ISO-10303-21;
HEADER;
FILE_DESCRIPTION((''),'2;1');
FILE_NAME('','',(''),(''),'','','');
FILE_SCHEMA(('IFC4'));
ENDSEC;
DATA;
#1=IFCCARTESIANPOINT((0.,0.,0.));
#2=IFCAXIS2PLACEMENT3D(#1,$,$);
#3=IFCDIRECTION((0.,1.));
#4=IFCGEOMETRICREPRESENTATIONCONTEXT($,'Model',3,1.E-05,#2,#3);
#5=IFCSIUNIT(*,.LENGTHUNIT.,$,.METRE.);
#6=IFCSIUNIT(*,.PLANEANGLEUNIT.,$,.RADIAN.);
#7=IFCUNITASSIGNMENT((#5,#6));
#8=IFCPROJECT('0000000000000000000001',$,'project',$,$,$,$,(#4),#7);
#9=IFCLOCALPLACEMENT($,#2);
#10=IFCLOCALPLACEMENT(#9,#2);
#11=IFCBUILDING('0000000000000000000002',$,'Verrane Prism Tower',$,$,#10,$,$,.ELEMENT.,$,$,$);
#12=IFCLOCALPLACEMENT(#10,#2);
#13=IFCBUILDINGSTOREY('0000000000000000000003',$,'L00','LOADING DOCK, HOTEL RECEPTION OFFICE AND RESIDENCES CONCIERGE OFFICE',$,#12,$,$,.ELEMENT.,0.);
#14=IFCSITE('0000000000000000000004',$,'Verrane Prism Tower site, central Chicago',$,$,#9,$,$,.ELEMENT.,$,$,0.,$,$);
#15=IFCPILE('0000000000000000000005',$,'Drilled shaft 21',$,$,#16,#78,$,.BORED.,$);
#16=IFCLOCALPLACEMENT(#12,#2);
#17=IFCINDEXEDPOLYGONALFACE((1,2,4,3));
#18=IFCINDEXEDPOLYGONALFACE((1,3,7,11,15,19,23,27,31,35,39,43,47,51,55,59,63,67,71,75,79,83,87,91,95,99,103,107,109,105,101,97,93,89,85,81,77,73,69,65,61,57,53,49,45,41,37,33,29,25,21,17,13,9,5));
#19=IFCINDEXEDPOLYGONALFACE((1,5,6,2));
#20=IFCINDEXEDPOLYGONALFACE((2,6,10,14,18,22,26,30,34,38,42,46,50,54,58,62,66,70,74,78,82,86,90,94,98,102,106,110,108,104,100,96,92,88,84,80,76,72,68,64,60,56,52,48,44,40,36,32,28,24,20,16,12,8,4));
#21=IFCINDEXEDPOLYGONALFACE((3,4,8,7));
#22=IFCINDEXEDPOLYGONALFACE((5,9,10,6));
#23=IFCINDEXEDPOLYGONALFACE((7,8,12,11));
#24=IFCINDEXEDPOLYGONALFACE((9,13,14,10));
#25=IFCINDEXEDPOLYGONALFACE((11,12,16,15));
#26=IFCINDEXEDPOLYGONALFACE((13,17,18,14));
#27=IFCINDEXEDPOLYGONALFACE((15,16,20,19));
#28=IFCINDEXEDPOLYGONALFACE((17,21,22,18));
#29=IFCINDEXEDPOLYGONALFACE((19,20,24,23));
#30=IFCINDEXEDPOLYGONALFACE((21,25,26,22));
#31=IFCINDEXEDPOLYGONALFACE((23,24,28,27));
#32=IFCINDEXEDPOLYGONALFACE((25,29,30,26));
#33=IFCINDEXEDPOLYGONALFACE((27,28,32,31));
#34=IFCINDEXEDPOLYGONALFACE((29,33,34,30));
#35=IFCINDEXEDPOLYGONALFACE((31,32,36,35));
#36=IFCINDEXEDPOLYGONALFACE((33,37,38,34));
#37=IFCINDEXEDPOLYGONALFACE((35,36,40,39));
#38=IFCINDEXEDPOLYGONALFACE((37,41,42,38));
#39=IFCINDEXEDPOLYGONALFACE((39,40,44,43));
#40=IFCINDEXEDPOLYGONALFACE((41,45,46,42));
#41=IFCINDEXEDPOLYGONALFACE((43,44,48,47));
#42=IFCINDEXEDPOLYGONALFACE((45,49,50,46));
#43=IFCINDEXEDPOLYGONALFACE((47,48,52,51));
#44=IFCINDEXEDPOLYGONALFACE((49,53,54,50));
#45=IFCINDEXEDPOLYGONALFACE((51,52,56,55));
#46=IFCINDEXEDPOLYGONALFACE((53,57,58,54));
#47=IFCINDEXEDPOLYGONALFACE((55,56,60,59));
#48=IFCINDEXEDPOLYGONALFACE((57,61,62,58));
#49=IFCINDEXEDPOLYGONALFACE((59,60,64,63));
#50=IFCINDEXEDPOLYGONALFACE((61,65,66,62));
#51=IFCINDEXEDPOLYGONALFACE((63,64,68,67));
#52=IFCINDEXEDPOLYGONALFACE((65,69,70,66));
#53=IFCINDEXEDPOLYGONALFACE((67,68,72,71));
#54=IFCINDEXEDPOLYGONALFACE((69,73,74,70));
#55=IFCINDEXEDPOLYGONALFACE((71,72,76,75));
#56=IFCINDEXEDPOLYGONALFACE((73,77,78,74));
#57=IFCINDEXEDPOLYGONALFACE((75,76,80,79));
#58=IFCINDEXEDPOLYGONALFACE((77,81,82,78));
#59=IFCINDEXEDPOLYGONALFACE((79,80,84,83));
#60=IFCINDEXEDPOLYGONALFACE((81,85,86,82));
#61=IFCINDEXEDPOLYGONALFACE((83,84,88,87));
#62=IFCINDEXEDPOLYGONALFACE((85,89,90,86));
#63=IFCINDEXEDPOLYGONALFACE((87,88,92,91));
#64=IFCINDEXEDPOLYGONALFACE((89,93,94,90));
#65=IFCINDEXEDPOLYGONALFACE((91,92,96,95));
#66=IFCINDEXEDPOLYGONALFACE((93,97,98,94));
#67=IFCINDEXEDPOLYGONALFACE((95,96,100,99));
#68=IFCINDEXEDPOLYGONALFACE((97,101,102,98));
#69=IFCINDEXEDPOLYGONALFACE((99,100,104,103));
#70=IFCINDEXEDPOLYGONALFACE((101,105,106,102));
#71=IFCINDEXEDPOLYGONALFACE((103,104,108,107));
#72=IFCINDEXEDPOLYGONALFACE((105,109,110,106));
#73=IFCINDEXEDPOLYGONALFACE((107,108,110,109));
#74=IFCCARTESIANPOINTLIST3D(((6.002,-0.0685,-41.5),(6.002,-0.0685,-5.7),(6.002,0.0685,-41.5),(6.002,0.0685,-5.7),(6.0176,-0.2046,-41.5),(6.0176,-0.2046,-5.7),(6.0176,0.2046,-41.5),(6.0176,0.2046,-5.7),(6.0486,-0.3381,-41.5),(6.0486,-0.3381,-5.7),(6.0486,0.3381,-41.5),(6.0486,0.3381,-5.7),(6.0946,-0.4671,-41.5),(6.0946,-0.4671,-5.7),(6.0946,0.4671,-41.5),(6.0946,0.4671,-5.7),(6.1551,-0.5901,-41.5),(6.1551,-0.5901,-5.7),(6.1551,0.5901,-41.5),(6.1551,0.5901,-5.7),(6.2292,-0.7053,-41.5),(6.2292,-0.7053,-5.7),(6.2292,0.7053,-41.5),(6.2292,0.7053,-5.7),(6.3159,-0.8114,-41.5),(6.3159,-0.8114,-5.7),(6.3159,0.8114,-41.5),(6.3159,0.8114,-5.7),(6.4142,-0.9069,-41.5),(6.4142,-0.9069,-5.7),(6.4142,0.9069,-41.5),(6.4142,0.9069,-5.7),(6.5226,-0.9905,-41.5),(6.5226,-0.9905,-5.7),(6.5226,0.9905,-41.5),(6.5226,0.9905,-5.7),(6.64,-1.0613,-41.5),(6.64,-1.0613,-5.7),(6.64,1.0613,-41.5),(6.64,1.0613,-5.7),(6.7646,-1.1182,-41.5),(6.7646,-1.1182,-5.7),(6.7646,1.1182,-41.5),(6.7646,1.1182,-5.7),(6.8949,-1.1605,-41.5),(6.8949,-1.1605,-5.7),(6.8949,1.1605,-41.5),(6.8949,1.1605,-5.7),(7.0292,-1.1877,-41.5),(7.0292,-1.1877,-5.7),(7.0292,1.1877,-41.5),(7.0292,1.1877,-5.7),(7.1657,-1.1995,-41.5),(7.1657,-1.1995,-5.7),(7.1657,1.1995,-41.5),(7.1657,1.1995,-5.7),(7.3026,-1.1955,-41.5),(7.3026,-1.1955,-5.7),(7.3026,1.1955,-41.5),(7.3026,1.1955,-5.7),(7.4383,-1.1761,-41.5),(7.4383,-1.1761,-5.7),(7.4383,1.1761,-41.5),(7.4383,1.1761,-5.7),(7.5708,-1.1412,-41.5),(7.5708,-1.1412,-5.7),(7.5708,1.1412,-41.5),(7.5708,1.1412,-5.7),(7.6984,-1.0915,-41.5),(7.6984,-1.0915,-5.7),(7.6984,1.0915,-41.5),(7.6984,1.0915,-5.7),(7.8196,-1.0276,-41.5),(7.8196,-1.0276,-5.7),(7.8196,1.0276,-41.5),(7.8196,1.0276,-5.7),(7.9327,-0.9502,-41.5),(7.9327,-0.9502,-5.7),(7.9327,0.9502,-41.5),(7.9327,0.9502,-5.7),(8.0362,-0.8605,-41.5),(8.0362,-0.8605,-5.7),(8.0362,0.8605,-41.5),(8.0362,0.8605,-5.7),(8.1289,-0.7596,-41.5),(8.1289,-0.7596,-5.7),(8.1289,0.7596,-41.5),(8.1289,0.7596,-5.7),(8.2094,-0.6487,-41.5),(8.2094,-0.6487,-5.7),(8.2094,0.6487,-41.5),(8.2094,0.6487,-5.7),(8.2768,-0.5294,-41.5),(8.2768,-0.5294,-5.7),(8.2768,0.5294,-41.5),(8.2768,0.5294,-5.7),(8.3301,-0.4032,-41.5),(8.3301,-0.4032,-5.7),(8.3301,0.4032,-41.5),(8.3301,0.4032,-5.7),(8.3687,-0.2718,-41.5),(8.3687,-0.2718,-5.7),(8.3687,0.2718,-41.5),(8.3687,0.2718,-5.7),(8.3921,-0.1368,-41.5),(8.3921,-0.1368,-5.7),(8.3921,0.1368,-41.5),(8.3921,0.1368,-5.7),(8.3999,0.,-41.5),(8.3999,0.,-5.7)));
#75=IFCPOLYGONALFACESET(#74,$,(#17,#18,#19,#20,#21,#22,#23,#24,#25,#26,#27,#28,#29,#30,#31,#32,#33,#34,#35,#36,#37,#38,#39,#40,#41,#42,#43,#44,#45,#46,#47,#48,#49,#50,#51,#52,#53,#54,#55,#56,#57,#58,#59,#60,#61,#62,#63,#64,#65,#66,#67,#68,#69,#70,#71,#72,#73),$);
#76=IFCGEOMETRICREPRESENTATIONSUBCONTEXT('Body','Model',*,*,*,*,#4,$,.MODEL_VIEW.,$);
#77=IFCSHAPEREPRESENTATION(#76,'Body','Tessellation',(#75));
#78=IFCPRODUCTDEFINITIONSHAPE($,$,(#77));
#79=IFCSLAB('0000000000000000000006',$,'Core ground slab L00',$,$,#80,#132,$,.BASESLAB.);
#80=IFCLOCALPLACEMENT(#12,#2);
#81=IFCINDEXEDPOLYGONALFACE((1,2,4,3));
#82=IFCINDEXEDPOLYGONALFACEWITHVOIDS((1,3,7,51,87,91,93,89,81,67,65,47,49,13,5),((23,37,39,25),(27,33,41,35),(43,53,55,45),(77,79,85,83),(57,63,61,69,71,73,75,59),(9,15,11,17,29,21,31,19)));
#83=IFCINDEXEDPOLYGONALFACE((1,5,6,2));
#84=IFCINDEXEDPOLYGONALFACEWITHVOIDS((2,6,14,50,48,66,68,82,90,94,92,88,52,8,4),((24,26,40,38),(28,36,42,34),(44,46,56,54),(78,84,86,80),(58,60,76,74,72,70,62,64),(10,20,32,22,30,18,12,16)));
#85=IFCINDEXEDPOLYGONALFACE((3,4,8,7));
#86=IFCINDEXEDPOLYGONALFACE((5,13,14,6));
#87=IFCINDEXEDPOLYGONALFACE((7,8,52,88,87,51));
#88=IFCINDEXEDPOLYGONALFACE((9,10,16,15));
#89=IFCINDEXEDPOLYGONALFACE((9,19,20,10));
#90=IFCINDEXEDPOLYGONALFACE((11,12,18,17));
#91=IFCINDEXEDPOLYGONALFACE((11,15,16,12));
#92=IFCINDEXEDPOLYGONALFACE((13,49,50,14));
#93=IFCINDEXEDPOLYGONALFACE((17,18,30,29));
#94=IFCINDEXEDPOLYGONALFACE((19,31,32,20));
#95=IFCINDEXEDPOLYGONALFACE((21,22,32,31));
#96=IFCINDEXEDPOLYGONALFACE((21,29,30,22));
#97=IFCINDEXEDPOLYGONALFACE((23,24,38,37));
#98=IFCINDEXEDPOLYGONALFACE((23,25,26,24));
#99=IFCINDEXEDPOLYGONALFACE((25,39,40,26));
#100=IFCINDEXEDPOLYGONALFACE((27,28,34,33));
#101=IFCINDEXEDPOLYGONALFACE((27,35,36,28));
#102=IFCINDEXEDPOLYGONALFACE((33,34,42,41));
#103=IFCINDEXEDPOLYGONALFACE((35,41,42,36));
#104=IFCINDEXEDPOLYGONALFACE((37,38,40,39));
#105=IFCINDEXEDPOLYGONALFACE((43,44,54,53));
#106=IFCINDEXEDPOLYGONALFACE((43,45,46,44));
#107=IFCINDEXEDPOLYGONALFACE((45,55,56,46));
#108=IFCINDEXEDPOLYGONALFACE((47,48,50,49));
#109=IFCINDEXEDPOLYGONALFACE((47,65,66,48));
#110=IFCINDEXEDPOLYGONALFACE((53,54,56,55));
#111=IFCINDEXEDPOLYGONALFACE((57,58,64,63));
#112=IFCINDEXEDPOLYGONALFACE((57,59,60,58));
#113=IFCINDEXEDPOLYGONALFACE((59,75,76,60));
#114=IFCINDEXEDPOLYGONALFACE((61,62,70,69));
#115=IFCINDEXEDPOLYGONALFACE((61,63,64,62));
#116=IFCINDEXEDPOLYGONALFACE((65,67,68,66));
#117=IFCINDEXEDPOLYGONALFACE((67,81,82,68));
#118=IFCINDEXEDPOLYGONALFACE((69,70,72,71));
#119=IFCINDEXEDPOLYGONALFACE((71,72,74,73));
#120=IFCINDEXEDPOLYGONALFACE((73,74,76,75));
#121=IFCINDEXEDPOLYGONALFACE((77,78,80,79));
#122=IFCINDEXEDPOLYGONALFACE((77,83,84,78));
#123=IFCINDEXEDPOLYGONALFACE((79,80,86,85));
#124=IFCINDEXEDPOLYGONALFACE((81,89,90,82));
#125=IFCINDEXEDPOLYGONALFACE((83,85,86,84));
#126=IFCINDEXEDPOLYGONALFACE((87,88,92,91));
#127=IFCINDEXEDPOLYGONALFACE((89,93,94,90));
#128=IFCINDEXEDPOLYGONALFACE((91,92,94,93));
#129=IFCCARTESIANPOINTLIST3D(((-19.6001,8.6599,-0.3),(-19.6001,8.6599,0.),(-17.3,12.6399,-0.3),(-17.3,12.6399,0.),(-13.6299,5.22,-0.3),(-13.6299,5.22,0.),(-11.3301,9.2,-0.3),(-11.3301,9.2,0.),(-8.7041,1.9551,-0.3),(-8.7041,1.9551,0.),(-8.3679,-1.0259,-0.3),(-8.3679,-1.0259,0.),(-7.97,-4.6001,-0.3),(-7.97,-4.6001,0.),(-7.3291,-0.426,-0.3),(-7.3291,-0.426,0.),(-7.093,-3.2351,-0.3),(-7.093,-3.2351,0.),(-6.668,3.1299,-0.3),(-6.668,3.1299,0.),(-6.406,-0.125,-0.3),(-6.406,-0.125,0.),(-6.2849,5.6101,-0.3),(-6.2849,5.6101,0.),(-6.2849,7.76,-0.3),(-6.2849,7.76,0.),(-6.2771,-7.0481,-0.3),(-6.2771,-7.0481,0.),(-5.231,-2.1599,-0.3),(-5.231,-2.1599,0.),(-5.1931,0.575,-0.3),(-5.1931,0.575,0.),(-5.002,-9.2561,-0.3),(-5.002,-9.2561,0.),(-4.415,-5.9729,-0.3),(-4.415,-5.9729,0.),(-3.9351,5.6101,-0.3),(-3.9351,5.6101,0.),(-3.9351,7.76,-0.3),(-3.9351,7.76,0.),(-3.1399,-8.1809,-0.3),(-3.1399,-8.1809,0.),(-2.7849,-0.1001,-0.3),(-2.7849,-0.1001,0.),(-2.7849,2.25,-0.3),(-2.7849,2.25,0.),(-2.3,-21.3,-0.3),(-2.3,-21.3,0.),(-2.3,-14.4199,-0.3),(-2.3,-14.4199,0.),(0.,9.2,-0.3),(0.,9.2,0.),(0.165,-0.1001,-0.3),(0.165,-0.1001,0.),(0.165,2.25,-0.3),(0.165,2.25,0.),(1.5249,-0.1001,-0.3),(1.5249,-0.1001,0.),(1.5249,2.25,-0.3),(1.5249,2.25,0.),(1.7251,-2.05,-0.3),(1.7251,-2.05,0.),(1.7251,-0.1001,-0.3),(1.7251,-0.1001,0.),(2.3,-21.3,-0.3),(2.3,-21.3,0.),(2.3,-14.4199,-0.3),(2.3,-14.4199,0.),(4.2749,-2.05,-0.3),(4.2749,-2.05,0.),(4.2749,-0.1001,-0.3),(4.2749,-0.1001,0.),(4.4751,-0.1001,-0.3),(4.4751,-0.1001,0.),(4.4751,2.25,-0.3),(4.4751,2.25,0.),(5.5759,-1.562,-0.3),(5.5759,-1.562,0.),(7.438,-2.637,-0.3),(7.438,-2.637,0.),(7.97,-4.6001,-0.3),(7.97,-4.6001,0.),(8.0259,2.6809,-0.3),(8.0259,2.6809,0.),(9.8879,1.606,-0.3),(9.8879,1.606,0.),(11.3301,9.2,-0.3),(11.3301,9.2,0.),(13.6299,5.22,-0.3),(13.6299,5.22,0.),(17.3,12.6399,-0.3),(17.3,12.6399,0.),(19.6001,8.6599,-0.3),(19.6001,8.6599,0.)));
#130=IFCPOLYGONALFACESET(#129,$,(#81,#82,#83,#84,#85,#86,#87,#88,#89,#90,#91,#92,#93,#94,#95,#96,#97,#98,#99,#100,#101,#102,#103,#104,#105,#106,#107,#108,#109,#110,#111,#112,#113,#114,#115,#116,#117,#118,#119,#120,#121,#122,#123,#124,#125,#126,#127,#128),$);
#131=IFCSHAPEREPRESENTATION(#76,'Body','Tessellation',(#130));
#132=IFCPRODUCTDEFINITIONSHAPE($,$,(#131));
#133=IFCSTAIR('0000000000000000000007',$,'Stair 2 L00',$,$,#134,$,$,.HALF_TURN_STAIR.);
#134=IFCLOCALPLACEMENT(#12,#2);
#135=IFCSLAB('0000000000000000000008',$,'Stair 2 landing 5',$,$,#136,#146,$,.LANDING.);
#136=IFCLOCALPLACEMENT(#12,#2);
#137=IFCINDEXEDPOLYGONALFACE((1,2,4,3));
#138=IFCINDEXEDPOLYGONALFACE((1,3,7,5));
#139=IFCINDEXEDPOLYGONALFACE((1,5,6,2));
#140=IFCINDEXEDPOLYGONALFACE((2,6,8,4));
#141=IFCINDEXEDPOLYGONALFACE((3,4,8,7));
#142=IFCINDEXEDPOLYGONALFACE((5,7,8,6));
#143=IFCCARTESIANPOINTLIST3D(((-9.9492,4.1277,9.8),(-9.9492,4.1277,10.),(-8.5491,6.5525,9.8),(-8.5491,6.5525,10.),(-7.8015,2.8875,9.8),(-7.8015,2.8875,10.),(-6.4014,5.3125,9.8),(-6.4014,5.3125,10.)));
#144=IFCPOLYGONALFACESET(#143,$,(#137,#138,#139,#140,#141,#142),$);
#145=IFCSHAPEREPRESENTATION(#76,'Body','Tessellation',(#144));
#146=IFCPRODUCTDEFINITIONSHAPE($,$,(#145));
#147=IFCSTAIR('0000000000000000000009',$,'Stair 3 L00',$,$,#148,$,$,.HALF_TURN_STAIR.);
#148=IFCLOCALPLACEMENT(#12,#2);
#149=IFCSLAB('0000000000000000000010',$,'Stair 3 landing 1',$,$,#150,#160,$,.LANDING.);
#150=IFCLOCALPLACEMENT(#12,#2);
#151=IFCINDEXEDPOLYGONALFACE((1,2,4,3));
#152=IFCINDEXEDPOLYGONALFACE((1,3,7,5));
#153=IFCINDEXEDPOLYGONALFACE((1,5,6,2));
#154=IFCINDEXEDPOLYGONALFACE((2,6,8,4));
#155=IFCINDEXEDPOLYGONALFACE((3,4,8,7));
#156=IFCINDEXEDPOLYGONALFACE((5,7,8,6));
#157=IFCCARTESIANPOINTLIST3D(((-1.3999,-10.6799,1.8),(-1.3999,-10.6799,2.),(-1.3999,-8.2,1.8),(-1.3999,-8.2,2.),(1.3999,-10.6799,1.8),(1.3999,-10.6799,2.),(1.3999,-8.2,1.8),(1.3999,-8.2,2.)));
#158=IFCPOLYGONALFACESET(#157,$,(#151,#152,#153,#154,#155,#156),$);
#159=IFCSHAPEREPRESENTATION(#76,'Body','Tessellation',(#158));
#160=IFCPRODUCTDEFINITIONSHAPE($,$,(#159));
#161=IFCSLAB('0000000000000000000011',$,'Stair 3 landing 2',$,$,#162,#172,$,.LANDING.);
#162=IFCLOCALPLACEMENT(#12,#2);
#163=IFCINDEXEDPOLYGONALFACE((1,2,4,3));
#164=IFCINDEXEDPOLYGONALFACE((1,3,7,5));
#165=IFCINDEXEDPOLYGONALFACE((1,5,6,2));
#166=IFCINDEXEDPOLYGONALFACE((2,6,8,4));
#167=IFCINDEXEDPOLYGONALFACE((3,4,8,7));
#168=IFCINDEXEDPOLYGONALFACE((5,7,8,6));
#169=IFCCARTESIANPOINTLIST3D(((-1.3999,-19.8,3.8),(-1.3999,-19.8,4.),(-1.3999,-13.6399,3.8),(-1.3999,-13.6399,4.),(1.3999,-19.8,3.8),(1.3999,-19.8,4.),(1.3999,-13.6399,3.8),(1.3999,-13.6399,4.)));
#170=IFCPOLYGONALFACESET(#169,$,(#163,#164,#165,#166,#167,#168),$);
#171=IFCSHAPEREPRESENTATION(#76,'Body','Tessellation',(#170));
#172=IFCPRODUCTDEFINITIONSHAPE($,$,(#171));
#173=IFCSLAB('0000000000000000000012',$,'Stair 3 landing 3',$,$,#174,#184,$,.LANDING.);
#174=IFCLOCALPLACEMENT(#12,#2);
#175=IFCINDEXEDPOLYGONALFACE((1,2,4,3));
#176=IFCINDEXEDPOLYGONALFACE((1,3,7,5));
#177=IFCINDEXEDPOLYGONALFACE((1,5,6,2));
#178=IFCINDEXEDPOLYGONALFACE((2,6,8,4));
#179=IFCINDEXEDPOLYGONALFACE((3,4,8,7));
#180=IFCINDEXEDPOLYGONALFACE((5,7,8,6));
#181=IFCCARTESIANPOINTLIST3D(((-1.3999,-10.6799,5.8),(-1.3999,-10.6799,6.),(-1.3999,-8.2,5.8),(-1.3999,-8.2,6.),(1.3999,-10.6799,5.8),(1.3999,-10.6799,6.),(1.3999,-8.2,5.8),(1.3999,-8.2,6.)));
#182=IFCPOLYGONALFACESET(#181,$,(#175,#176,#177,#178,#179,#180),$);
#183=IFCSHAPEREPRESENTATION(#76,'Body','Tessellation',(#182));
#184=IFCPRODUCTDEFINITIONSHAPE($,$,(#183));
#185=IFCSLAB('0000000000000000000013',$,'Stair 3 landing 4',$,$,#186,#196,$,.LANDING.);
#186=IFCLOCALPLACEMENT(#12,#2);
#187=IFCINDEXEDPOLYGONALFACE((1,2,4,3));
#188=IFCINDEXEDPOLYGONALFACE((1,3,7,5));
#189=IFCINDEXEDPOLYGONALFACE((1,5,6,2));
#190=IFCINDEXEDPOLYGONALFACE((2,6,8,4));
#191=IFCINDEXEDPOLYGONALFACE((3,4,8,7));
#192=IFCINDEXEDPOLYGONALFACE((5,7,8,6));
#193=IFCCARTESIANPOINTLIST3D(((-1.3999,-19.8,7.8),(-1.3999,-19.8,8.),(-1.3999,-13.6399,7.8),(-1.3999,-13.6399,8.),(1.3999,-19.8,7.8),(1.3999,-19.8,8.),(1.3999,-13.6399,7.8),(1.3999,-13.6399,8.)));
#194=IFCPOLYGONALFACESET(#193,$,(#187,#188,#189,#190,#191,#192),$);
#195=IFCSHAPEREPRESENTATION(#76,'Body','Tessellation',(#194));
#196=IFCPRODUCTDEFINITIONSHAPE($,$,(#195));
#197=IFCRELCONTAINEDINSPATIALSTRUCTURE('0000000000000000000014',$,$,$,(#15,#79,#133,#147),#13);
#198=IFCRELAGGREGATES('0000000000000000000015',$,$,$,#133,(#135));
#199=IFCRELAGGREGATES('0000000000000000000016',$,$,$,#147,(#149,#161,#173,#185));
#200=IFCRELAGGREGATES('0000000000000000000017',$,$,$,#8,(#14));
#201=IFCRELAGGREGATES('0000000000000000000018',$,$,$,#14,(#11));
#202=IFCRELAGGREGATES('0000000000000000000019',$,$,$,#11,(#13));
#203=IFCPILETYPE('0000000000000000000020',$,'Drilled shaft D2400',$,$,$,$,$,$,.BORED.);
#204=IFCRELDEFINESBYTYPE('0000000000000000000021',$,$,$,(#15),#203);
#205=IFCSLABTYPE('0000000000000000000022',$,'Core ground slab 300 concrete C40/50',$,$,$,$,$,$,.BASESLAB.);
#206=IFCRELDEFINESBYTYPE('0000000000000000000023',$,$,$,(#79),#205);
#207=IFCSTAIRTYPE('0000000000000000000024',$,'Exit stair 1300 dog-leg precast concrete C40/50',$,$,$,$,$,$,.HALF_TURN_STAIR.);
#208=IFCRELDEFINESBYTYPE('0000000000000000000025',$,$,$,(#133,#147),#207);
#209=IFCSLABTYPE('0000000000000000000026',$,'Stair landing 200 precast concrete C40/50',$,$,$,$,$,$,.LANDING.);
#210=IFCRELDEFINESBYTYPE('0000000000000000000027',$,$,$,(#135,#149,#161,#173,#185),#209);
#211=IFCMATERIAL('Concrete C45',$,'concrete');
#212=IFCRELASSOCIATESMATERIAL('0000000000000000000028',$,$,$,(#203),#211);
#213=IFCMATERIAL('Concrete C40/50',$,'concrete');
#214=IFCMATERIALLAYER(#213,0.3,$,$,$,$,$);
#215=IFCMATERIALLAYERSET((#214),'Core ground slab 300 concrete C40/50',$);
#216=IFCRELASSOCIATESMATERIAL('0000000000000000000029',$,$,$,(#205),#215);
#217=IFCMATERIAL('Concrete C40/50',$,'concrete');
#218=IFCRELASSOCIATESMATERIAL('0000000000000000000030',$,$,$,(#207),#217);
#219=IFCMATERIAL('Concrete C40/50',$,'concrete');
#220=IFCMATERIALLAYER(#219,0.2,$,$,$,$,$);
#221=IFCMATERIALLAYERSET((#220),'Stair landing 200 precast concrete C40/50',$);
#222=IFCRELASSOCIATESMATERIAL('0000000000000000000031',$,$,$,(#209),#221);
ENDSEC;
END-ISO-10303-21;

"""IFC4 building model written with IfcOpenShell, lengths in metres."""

from ifc_helpers import new_model, si_unit, direction, frame, origin, origin_2d, place, context, subcontext, project, spatial, polyline, circle, outline, extrude, material, layer, layer_set, type_object, element, aggregate, save


model = new_model("IFC4")

# Units and contexts
model_context = context("Model", 3, precision=1e-05, world=origin(), true_north=direction((0.0, 1.0)))
body_context = subcontext(model_context, "Body", "Model", "MODEL_VIEW")
ifc_project = project(units=[si_unit("LENGTHUNIT", "METRE"), si_unit("PLANEANGLEUNIT", "RADIAN")], contexts=[model_context])

# Site, building, storey
site_placement = place(None, origin())
site = spatial("IfcSite", under=ifc_project, at=site_placement, Name="Verrane Prism Tower site, central Chicago", CompositionType="ELEMENT", RefElevation=0.0)
building_placement = place(site_placement, origin())
building = spatial("IfcBuilding", under=site, at=building_placement, Name="Verrane Prism Tower", CompositionType="ELEMENT")
storey_placement = place(building_placement, origin())
storey = spatial("IfcBuildingStorey", under=building, at=storey_placement, Name="L00", Description="LOADING DOCK, HOTEL RECEPTION OFFICE AND RESIDENCES CONCIERGE OFFICE", CompositionType="ELEMENT", Elevation=0.0)

# Pile
ifc_material_1 = material(Name="Concrete C45", Category="concrete")
pile_type = type_object("IfcPileType", Name="Drilled shaft D2400", PredefinedType="BORED", material=ifc_material_1)
pile_placement = place(storey_placement, frame((7.2, 0.0, -5.7), z_axis=(0.0, 0.0, -1.0), x_axis=(1.0, 0.0, 0.0)))
element("IfcPile", 1, at=pile_placement, inside=storey, type_object=pile_type, Name="Drilled shaft 21", PredefinedType="BORED", context=body_context, shape_type="SweptSolid", body=[
    extrude(circle(Radius=1.2, at=origin_2d()), origin(), (0.0, 0.0, 1.0), 35.8),
])

# Slab
ifc_material_2 = material(Name="Concrete C40/50", Category="concrete")
ifc_layer_1 = layer(ifc_material_2, 0.3)
ifc_layer_set_1 = layer_set([ifc_layer_1], Name="Core ground slab 300 concrete C40/50")
slab_type_1 = type_object("IfcSlabType", Name="Core ground slab 300 concrete C40/50", PredefinedType="BASESLAB", material=ifc_layer_set_1)
slab_1_placement = place(storey_placement, frame((0.0, 0.0, -0.3)))
element("IfcSlab", 2, at=slab_1_placement, inside=storey, type_object=slab_type_1, Name="Core ground slab L00", PredefinedType="BASESLAB", context=body_context, shape_type="SweptSolid", body=[
    extrude(outline(polyline([(19.6001, 8.6599), (17.3, 12.6399), (11.3301, 9.2), (0.0, 9.2), (-11.3301, 9.2), (-17.3, 12.6399), (-19.6001, 8.6599), (-13.6299, 5.22), (-7.97, -4.6001), (-2.3, -14.4199), (-2.3, -21.3), (2.3, -21.3), (2.3, -14.4199), (7.97, -4.6001), (13.6299, 5.22), (19.6001, 8.6599)]), holes=[polyline([(-4.415, -5.9729), (-3.1399, -8.1809), (-5.002, -9.2561), (-6.2771, -7.0481), (-4.415, -5.9729)]), polyline([(-6.2849, 5.6101), (-6.2849, 7.76), (-3.9351, 7.76), (-3.9351, 5.6101), (-6.2849, 5.6101)]), polyline([(4.2749, -2.05), (1.7251, -2.05), (1.7251, -0.1001), (1.5249, -0.1001), (1.5249, 2.25), (4.4751, 2.25), (4.4751, -0.1001), (4.2749, -0.1001), (4.2749, -2.05)]), polyline([(7.438, -2.637), (5.5759, -1.562), (8.0259, 2.6809), (9.8879, 1.606), (7.438, -2.637)]), polyline([(0.165, 2.25), (0.165, -0.1001), (-2.7849, -0.1001), (-2.7849, 2.25), (0.165, 2.25)]), polyline([(-5.231, -2.1599), (-7.093, -3.2351), (-8.3679, -1.0259), (-7.3291, -0.426), (-8.7041, 1.9551), (-6.668, 3.1299), (-5.1931, 0.575), (-6.406, -0.125), (-5.231, -2.1599)])]), origin(), (0.0, 0.0, 1.0), 0.3),
])

# Stair, slab
ifc_material_3 = material(Name="Concrete C40/50", Category="concrete")
stair_type = type_object("IfcStairType", Name="Exit stair 1300 dog-leg precast concrete C40/50", PredefinedType="HALF_TURN_STAIR", material=ifc_material_3)
stair_1_placement = place(storey_placement, origin())
stair_1 = element("IfcStair", 3, at=stair_1_placement, inside=storey, type_object=stair_type, Name="Stair 2 L00", PredefinedType="HALF_TURN_STAIR")
ifc_material_4 = material(Name="Concrete C40/50", Category="concrete")
ifc_layer_2 = layer(ifc_material_4, 0.2)
ifc_layer_set_2 = layer_set([ifc_layer_2], Name="Stair landing 200 precast concrete C40/50")
slab_type_2 = type_object("IfcSlabType", Name="Stair landing 200 precast concrete C40/50", PredefinedType="LANDING", material=ifc_layer_set_2)
slab_2_placement = place(storey_placement, frame((0.0, 0.0, 9.8)))
slab_2 = element("IfcSlab", 4, at=slab_2_placement, type_object=slab_type_2, Name="Stair 2 landing 5", PredefinedType="LANDING", context=body_context, shape_type="SweptSolid", body=[
    extrude(outline(polyline([(-9.9492, 4.1277), (-7.8015, 2.8875), (-6.4014, 5.3125), (-8.5491, 6.5525), (-9.9492, 4.1277)])), origin(), (0.0, 0.0, 1.0), 0.2),
])
aggregate(stair_1, [slab_2])

# Stair, slabs
stair_2_placement = place(storey_placement, origin())
stair_2 = element("IfcStair", 5, at=stair_2_placement, inside=storey, type_object=stair_type, Name="Stair 3 L00", PredefinedType="HALF_TURN_STAIR")
slab_3_placement = place(storey_placement, frame((0.0, 0.0, 1.8)))
slab_3 = element("IfcSlab", 6, at=slab_3_placement, type_object=slab_type_2, Name="Stair 3 landing 1", PredefinedType="LANDING", context=body_context, shape_type="SweptSolid", body=[
    extrude(outline(polyline([(1.3999, -10.6799), (1.3999, -8.2), (-1.3999, -8.2), (-1.3999, -10.6799), (1.3999, -10.6799)])), origin(), (0.0, 0.0, 1.0), 0.2),
])
slab_4_placement = place(storey_placement, frame((0.0, 0.0, 3.8)))
slab_4 = element("IfcSlab", 7, at=slab_4_placement, type_object=slab_type_2, Name="Stair 3 landing 2", PredefinedType="LANDING", context=body_context, shape_type="SweptSolid", body=[
    extrude(outline(polyline([(1.3999, -19.8), (1.3999, -13.6399), (-1.3999, -13.6399), (-1.3999, -19.8), (1.3999, -19.8)])), origin(), (0.0, 0.0, 1.0), 0.2),
])
slab_5_placement = place(storey_placement, frame((0.0, 0.0, 5.8)))
slab_5 = element("IfcSlab", 8, at=slab_5_placement, type_object=slab_type_2, Name="Stair 3 landing 3", PredefinedType="LANDING", context=body_context, shape_type="SweptSolid", body=[
    extrude(outline(polyline([(1.3999, -10.6799), (1.3999, -8.2), (-1.3999, -8.2), (-1.3999, -10.6799), (1.3999, -10.6799)])), origin(), (0.0, 0.0, 1.0), 0.2),
])
slab_6_placement = place(storey_placement, frame((0.0, 0.0, 7.8)))
slab_6 = element("IfcSlab", 9, at=slab_6_placement, type_object=slab_type_2, Name="Stair 3 landing 4", PredefinedType="LANDING", context=body_context, shape_type="SweptSolid", body=[
    extrude(outline(polyline([(1.3999, -19.8), (1.3999, -13.6399), (-1.3999, -13.6399), (-1.3999, -19.8), (1.3999, -19.8)])), origin(), (0.0, 0.0, 1.0), 0.2),
])
aggregate(stair_2, [slab_3, slab_4, slab_5, slab_6])

save(model, "model.ifc")
